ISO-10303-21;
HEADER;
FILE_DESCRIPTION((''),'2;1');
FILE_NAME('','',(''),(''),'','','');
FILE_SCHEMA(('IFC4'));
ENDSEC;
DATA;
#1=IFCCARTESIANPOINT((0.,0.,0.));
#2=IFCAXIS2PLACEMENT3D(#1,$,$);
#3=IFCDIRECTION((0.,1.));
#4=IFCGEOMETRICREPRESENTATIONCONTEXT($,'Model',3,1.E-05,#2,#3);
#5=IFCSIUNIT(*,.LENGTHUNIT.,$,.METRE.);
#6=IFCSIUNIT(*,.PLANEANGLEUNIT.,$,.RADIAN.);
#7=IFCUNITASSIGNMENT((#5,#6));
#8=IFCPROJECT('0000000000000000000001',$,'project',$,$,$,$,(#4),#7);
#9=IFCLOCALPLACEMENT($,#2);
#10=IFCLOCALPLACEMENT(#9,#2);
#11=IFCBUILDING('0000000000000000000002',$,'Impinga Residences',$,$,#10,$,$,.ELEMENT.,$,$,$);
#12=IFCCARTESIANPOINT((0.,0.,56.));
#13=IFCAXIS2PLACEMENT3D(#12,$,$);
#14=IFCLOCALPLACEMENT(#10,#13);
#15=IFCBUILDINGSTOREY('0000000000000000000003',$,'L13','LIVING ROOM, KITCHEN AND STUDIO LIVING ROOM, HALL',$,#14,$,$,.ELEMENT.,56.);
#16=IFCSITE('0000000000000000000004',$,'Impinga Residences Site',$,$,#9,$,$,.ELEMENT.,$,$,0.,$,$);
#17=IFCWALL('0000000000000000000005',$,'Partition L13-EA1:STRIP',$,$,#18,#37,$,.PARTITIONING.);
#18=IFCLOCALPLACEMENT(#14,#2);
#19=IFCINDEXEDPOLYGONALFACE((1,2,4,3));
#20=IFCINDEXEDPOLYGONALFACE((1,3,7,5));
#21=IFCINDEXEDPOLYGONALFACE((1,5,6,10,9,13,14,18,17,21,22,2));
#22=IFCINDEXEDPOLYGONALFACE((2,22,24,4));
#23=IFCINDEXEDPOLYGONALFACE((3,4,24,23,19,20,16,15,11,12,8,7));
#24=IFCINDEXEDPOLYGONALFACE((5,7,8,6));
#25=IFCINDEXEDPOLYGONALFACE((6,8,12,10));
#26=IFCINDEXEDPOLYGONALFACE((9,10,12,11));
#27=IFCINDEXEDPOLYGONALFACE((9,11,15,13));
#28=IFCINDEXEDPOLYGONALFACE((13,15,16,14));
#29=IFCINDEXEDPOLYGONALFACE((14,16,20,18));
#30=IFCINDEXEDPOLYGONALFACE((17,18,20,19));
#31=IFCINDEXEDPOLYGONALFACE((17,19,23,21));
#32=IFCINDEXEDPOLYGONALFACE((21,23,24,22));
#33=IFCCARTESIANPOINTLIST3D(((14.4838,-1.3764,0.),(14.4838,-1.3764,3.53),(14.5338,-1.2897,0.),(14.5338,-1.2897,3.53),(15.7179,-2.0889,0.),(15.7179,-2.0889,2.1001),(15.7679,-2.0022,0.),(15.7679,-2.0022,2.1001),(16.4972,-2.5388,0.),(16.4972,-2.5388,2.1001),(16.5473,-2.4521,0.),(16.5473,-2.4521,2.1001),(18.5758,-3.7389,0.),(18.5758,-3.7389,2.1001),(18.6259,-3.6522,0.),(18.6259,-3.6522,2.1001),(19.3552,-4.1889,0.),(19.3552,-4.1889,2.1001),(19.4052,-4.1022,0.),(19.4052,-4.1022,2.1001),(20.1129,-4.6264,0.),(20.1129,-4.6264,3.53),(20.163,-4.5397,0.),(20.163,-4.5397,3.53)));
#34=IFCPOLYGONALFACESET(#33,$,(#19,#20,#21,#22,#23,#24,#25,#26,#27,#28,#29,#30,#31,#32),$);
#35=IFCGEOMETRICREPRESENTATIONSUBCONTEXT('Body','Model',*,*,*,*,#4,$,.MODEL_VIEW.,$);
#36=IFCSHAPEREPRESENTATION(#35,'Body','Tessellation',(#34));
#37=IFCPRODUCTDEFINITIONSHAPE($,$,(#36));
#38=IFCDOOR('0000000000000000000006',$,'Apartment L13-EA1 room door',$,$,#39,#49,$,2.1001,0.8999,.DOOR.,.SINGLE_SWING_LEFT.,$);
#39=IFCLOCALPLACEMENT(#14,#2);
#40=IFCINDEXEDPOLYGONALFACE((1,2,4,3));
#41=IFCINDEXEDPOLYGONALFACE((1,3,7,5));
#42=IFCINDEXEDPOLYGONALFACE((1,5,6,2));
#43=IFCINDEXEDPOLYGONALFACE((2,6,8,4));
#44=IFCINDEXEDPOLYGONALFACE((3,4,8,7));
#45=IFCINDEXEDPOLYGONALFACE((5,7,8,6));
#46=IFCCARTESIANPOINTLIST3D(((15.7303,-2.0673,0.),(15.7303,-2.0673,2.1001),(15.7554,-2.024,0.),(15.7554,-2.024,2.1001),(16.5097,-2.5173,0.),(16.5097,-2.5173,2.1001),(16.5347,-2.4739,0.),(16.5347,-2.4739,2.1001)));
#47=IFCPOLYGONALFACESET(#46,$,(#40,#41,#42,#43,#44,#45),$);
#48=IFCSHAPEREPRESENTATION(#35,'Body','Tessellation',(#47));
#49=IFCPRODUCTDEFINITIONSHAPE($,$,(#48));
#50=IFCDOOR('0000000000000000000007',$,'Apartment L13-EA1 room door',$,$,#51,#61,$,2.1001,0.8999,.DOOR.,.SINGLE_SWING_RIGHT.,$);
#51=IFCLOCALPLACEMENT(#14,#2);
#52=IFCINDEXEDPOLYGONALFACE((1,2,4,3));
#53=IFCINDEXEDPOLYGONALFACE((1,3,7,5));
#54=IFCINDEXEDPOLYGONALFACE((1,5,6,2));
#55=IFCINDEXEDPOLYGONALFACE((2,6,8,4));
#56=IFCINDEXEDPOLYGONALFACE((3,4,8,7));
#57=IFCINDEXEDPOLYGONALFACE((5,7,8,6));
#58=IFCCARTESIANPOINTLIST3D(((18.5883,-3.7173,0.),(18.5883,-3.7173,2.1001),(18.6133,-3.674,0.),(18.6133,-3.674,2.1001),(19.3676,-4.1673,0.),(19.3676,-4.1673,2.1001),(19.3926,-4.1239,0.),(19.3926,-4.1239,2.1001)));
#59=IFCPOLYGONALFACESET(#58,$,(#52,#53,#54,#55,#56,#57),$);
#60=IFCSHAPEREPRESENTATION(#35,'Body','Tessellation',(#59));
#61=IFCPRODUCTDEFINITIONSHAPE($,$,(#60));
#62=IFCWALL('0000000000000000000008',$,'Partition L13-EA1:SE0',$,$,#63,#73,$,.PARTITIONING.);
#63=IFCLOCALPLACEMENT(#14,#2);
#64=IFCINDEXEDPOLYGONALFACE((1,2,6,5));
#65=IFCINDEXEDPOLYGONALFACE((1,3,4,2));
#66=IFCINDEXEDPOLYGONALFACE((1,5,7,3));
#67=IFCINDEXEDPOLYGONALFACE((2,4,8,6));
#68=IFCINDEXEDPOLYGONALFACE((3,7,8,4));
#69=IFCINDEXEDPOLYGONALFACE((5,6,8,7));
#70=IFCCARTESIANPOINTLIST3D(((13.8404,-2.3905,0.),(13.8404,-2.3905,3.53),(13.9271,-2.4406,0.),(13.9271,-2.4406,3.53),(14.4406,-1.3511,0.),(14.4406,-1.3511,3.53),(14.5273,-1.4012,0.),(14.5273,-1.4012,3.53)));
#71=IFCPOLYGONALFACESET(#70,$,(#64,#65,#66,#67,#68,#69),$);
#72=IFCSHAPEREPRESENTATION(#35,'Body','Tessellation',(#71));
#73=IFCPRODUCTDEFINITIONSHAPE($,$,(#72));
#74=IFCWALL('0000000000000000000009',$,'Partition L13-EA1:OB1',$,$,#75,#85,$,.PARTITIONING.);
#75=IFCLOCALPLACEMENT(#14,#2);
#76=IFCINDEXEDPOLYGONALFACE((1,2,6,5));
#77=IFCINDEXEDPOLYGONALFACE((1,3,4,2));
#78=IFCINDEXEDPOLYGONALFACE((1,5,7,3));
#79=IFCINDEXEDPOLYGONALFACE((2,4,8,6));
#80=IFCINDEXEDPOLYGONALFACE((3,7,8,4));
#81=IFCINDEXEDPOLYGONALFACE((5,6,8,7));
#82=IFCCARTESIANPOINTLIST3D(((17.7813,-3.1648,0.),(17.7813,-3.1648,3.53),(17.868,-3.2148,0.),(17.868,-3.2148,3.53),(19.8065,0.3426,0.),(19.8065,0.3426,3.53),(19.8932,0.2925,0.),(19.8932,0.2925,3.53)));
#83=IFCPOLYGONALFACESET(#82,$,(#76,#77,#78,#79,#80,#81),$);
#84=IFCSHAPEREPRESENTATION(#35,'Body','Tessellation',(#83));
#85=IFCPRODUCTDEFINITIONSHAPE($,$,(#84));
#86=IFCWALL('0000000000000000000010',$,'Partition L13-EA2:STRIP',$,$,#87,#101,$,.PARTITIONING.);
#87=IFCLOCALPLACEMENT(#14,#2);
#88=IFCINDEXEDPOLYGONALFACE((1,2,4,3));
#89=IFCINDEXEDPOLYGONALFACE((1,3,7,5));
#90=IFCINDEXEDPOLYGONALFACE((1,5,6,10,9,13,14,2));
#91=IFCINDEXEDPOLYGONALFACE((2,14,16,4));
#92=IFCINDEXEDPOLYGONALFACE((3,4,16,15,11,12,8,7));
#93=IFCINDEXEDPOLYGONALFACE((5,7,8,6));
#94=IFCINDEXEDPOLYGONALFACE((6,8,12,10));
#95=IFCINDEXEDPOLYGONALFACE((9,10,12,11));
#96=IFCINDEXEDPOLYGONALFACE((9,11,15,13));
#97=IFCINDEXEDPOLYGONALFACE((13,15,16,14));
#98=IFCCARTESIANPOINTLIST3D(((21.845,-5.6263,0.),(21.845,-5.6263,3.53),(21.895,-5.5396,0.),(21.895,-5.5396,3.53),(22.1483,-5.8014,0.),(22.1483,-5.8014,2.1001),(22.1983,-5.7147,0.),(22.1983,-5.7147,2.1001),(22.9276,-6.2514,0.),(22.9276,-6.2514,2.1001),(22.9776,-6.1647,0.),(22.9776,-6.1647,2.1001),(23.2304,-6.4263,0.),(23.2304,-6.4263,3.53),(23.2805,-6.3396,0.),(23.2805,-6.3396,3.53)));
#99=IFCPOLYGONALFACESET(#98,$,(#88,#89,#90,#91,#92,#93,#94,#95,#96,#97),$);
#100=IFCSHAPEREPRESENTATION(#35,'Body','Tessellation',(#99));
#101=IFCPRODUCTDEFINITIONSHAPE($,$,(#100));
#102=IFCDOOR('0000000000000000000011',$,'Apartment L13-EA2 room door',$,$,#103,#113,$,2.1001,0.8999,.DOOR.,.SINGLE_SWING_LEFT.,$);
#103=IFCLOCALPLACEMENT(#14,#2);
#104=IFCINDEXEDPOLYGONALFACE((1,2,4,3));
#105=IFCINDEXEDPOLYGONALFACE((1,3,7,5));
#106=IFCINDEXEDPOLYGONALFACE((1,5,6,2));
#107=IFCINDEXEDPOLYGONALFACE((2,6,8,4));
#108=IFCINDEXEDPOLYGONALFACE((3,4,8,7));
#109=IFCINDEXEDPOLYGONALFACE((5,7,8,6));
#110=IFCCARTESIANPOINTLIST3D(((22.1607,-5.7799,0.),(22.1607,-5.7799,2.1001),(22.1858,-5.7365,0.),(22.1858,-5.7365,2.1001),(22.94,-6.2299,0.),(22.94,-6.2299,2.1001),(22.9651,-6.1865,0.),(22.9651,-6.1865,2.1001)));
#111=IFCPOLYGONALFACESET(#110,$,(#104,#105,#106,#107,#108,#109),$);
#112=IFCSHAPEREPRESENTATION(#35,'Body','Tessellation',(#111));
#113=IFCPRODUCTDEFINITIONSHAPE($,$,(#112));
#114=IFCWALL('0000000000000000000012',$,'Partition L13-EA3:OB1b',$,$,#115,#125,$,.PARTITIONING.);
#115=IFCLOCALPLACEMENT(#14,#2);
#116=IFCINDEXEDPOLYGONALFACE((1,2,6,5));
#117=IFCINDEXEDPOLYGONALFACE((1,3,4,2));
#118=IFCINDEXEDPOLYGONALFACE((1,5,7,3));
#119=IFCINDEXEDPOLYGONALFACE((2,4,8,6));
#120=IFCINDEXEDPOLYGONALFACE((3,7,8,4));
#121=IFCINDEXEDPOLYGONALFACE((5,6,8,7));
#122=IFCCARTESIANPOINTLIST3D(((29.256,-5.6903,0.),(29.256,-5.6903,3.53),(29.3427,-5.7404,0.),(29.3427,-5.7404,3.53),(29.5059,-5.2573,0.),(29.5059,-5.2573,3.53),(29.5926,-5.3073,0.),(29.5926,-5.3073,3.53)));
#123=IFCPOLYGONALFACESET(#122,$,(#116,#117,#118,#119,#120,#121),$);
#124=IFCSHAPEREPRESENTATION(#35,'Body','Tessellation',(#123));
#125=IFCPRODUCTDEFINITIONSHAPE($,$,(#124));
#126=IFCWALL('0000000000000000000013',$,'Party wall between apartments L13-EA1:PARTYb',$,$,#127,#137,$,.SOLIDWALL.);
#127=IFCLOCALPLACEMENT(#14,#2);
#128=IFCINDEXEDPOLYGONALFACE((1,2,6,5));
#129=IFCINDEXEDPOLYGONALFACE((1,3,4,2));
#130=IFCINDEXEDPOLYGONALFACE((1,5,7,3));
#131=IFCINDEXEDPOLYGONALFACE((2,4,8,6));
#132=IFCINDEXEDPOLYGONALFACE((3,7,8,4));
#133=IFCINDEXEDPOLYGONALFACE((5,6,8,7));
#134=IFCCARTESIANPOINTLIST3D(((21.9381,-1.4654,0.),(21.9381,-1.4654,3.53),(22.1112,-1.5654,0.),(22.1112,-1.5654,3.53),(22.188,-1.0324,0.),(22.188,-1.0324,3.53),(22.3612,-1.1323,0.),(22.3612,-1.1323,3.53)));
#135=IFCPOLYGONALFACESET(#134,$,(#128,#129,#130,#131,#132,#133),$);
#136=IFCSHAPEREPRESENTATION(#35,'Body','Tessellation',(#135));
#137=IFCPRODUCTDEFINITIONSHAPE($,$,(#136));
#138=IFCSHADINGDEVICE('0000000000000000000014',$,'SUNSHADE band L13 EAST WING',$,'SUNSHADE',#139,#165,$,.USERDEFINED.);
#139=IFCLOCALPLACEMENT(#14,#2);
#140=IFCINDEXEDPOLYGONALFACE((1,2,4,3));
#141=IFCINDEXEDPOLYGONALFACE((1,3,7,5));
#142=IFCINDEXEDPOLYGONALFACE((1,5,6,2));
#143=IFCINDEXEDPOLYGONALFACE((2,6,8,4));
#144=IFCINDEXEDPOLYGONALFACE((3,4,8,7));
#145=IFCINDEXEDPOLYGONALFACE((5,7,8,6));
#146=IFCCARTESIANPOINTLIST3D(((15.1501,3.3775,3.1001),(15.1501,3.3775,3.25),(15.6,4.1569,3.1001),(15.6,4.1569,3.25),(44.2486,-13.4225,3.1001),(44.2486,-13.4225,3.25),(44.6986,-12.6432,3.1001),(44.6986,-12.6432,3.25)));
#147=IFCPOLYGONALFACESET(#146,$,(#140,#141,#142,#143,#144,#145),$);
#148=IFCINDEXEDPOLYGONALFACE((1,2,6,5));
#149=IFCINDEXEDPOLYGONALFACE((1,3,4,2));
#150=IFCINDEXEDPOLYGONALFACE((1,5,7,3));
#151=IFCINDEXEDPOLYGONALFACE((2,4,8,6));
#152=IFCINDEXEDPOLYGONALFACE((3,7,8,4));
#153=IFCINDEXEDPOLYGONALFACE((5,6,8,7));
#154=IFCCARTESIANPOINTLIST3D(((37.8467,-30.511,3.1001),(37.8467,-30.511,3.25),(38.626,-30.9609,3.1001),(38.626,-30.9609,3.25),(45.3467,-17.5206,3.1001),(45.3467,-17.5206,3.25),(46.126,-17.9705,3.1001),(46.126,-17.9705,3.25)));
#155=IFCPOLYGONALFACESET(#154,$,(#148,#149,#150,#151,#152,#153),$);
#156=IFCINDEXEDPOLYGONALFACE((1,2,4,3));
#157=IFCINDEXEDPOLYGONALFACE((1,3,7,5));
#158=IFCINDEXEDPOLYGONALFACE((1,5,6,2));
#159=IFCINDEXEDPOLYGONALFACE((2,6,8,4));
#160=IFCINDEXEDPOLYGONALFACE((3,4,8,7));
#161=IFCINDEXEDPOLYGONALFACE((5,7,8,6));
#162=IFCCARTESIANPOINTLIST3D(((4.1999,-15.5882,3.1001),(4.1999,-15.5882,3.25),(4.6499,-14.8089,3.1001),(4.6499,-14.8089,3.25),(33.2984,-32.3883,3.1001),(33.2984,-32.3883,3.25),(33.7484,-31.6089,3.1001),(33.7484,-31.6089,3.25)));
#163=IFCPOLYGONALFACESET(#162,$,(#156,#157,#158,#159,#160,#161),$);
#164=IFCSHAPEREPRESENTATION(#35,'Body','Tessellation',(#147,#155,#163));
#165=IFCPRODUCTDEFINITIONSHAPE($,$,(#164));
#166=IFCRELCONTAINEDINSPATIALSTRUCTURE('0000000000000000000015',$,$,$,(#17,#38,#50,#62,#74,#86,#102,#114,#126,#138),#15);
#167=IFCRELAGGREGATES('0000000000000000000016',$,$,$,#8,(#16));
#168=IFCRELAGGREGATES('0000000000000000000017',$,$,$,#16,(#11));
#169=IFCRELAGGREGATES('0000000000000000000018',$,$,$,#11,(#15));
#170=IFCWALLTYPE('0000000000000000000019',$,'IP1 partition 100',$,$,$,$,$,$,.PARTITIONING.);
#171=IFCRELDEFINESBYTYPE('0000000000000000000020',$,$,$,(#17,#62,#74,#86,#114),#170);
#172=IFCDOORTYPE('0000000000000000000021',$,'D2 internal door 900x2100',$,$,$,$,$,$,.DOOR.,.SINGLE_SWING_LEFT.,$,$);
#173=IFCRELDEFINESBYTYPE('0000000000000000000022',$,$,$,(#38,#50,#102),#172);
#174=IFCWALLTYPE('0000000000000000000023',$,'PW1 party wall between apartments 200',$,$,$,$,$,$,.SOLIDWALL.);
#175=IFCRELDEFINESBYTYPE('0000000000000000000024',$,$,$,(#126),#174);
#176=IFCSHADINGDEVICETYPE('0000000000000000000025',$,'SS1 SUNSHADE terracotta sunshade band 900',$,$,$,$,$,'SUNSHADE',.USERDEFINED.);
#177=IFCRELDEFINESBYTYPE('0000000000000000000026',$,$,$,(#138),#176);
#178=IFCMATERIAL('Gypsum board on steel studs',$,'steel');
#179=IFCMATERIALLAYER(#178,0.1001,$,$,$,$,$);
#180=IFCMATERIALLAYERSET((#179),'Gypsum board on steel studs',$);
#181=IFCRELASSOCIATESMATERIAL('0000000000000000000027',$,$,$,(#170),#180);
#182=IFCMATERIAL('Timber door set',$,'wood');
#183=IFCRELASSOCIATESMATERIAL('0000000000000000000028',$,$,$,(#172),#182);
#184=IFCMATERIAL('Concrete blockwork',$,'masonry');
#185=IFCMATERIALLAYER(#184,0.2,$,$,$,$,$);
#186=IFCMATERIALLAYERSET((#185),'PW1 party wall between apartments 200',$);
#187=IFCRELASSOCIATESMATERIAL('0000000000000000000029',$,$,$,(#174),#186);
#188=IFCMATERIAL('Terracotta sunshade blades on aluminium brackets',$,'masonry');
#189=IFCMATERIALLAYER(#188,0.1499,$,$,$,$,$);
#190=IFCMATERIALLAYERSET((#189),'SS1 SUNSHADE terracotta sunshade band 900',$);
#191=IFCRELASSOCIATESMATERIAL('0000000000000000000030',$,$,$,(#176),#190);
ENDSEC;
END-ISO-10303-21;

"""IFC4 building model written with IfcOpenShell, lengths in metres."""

from ifc_helpers import new_model, si_unit, direction, frame, frame_2d, origin, origin_2d, place, context, subcontext, project, spatial, rectangle, extrude, material, layer, layer_set, type_object, element, fill, save


model = new_model("IFC4")

# Units and contexts
model_context = context("Model", 3, precision=1e-05, world=origin(), true_north=direction((0.0, 1.0)))
body_context = subcontext(model_context, "Body", "Model", "MODEL_VIEW")
ifc_project = project(units=[si_unit("LENGTHUNIT", "METRE"), si_unit("PLANEANGLEUNIT", "RADIAN")], contexts=[model_context])

# Site, building, storey
site_placement = place(None, origin())
site = spatial("IfcSite", under=ifc_project, at=site_placement, Name="Impinga Residences Site", CompositionType="ELEMENT", RefElevation=0.0)
building_placement = place(site_placement, origin())
building = spatial("IfcBuilding", under=site, at=building_placement, Name="Impinga Residences", CompositionType="ELEMENT")
storey_placement = place(building_placement, frame((0.0, 0.0, 56.0)))
storey = spatial("IfcBuildingStorey", under=building, at=storey_placement, Name="L13", Description="LIVING ROOM, KITCHEN AND STUDIO LIVING ROOM, HALL", CompositionType="ELEMENT", Elevation=56.0)

# Shared definitions
ifc_material_1 = material(Name="Gypsum board on steel studs", Category="steel")
ifc_layer_1 = layer(ifc_material_1, 0.1001)
ifc_layer_set_1 = layer_set([ifc_layer_1], Name="Gypsum board on steel studs")
wall_type_1 = type_object("IfcWallType", Name="IP1 partition 100", PredefinedType="PARTITIONING", material=ifc_layer_set_1)

# Wall, openings, doors
wall_1_placement = place(storey_placement, frame((14.5088, -1.333, 0.0), z_axis=(0.0, 0.0, 1.0), x_axis=(0.866025, -0.500001, 0.0)))
wall_1 = element("IfcWall", 1, at=wall_1_placement, inside=storey, type_object=wall_type_1, Name="Partition L13-EA1:STRIP", PredefinedType="PARTITIONING", context=body_context, shape_type="SweptSolid", body=[
    extrude(rectangle(XDim=6.5, YDim=0.1001, at=frame_2d((3.25, 0.0))), origin(), (0.0, 0.0, 1.0), 3.53),
])
opening_1_placement = place(wall_1_placement, frame((1.425, 0.0, 0.0)))
opening_1 = element("IfcOpeningElement", 2, at=opening_1_placement, cuts=wall_1, PredefinedType="OPENING", context=body_context, shape_type="SweptSolid", body=[
    extrude(rectangle(XDim=0.8999, YDim=2.1001, at=frame_2d((0.45, 1.05))), frame((0.0, 0.0601, 0.0), z_axis=(0.0, -1.0, 0.0), x_axis=(1.0, 0.0, 0.0)), (0.0, 0.0, 1.0), 0.1201),
])
opening_2_placement = place(wall_1_placement, frame((4.7251, 0.0, 0.0)))
opening_2 = element("IfcOpeningElement", 3, at=opening_2_placement, cuts=wall_1, PredefinedType="OPENING", context=body_context, shape_type="SweptSolid", body=[
    extrude(rectangle(XDim=0.8999, YDim=2.1001, at=frame_2d((0.45, 1.05))), frame((0.0, 0.0601, 0.0), z_axis=(0.0, -1.0, 0.0), x_axis=(1.0, 0.0, 0.0)), (0.0, 0.0, 1.0), 0.1201),
])
ifc_material_2 = material(Name="Timber door set", Category="wood")
door_type = type_object("IfcDoorType", Name="D2 internal door 900x2100", OperationType="SINGLE_SWING_LEFT", PredefinedType="DOOR", material=ifc_material_2)
door_1_placement = place(opening_1_placement, origin())
door_1 = element("IfcDoor", 4, at=door_1_placement, inside=storey, type_object=door_type, Name="Apartment L13-EA1 room door", OperationType="SINGLE_SWING_LEFT", OverallHeight=2.1001, OverallWidth=0.8999, PredefinedType="DOOR", context=body_context, shape_type="SweptSolid", body=[
    extrude(rectangle(XDim=0.8999, YDim=2.1001, at=frame_2d((0.45, 1.05))), frame((0.0, 0.0249, 0.0), z_axis=(0.0, -1.0, 0.0), x_axis=(1.0, 0.0, 0.0)), (0.0, 0.0, 1.0), 0.05),
])
fill(opening_1, door_1)
door_2_placement = place(opening_2_placement, origin())
door_2 = element("IfcDoor", 5, at=door_2_placement, inside=storey, type_object=door_type, Name="Apartment L13-EA1 room door", OperationType="SINGLE_SWING_RIGHT", OverallHeight=2.1001, OverallWidth=0.8999, PredefinedType="DOOR", context=body_context, shape_type="SweptSolid", body=[
    extrude(rectangle(XDim=0.8999, YDim=2.1001, at=frame_2d((0.45, 1.05))), frame((0.0, 0.0249, 0.0), z_axis=(0.0, -1.0, 0.0), x_axis=(1.0, 0.0, 0.0)), (0.0, 0.0, 1.0), 0.05),
])
fill(opening_2, door_2)

# Walls
wall_2_placement = place(storey_placement, frame((13.8838, -2.4155, 0.0), z_axis=(0.0, 0.0, 1.0), x_axis=(0.500034, 0.866006, 0.0)))
element("IfcWall", 6, at=wall_2_placement, inside=storey, type_object=wall_type_1, Name="Partition L13-EA1:SE0", PredefinedType="PARTITIONING", context=body_context, shape_type="SweptSolid", body=[
    extrude(rectangle(XDim=1.2002, YDim=0.1001, at=frame_2d((0.6001, 0.0))), origin(), (0.0, 0.0, 1.0), 3.53),
])
wall_3_placement = place(storey_placement, frame((17.8247, -3.1897, 0.0), z_axis=(0.0, 0.0, 1.0), x_axis=(0.500036, 0.866005, 0.0)))
element("IfcWall", 7, at=wall_3_placement, inside=storey, type_object=wall_type_1, Name="Partition L13-EA1:OB1", PredefinedType="PARTITIONING", context=body_context, shape_type="SweptSolid", body=[
    extrude(rectangle(XDim=4.05, YDim=0.1001, at=frame_2d((2.0249, 0.0))), origin(), (0.0, 0.0, 1.0), 3.53),
])

# Wall, opening, door
wall_4_placement = place(storey_placement, frame((21.8701, -5.583, 0.0), z_axis=(0.0, 0.0, 1.0), x_axis=(0.86599, -0.500061, 0.0)))
wall_4 = element("IfcWall", 8, at=wall_4_placement, inside=storey, type_object=wall_type_1, Name="Partition L13-EA2:STRIP", PredefinedType="PARTITIONING", context=body_context, shape_type="SweptSolid", body=[
    extrude(rectangle(XDim=1.5999, YDim=0.1001, at=frame_2d((0.7998, 0.0))), origin(), (0.0, 0.0, 1.0), 3.53),
])
opening_3_placement = place(wall_4_placement, frame((0.3501, 0.0, 0.0)))
opening_3 = element("IfcOpeningElement", 9, at=opening_3_placement, cuts=wall_4, PredefinedType="OPENING", context=body_context, shape_type="SweptSolid", body=[
    extrude(rectangle(XDim=0.8999, YDim=2.1001, at=frame_2d((0.45, 1.05))), frame((0.0, 0.0601, 0.0), z_axis=(0.0, -1.0, 0.0), x_axis=(1.0, 0.0, 0.0)), (0.0, 0.0, 1.0), 0.1201),
])
door_3_placement = place(opening_3_placement, origin())
door_3 = element("IfcDoor", 10, at=door_3_placement, inside=storey, type_object=door_type, Name="Apartment L13-EA2 room door", OperationType="SINGLE_SWING_LEFT", OverallHeight=2.1001, OverallWidth=0.8999, PredefinedType="DOOR", context=body_context, shape_type="SweptSolid", body=[
    extrude(rectangle(XDim=0.8999, YDim=2.1001, at=frame_2d((0.45, 1.05))), frame((0.0, 0.0249, 0.0), z_axis=(0.0, -1.0, 0.0), x_axis=(1.0, 0.0, 0.0)), (0.0, 0.0, 1.0), 0.05),
])
fill(opening_3, door_3)

# Walls
wall_5_placement = place(storey_placement, frame((29.2993, -5.7153, 0.0), z_axis=(0.0, 0.0, 1.0), x_axis=(0.49992, 0.866072, 0.0)))
element("IfcWall", 11, at=wall_5_placement, inside=storey, type_object=wall_type_1, Name="Partition L13-EA3:OB1b", PredefinedType="PARTITIONING", context=body_context, shape_type="SweptSolid", body=[
    extrude(rectangle(XDim=0.5, YDim=0.1001, at=frame_2d((0.25, 0.0))), origin(), (0.0, 0.0, 1.0), 3.53),
])
ifc_material_3 = material(Name="Concrete blockwork", Category="masonry")
ifc_layer_2 = layer(ifc_material_3, 0.2)
ifc_layer_set_2 = layer_set([ifc_layer_2], Name="PW1 party wall between apartments 200")
wall_type_2 = type_object("IfcWallType", Name="PW1 party wall between apartments 200", PredefinedType="SOLIDWALL", material=ifc_layer_set_2)
wall_6_placement = place(storey_placement, frame((22.0247, -1.5154, 0.0), z_axis=(0.0, 0.0, 1.0), x_axis=(0.49992, 0.866072, 0.0)))
element("IfcWall", 12, at=wall_6_placement, inside=storey, type_object=wall_type_2, Name="Party wall between apartments L13-EA1:PARTYb", PredefinedType="SOLIDWALL", context=body_context, shape_type="SweptSolid", body=[
    extrude(rectangle(XDim=0.5, YDim=0.2, at=frame_2d((0.25, 0.0))), origin(), (0.0, 0.0, 1.0), 3.53),
])

# Shading device
ifc_material_4 = material(Name="Terracotta sunshade blades on aluminium brackets", Category="masonry")
ifc_layer_3 = layer(ifc_material_4, 0.1499)
ifc_layer_set_3 = layer_set([ifc_layer_3], Name="SS1 SUNSHADE terracotta sunshade band 900")
shading_device_type = type_object("IfcShadingDeviceType", Name="SS1 SUNSHADE terracotta sunshade band 900", ElementType="SUNSHADE", PredefinedType="USERDEFINED", material=ifc_layer_set_3)
shading_device_placement = place(storey_placement, frame((29.9243, -4.6328, 3.1001), z_axis=(0.0, 0.0, 1.0), x_axis=(0.866025, -0.5, 0.0)))
element("IfcShadingDevice", 13, at=shading_device_placement, inside=storey, type_object=shading_device_type, Name="SUNSHADE band L13 EAST WING", ObjectType="SUNSHADE", PredefinedType="USERDEFINED", context=body_context, shape_type="SweptSolid", body=[
    extrude(rectangle(XDim=33.6001, YDim=0.8999, at=origin_2d()), origin(), (0.0, 0.0, 1.0), 0.1499),
    extrude(rectangle(XDim=15.0, YDim=0.8999, at=origin_2d()), frame((20.25, -10.95, 0.0), z_axis=(0.0, 0.0, 1.0), x_axis=(0.0, -1.0, 0.0)), (0.0, 0.0, 1.0), 0.1499),
    extrude(rectangle(XDim=33.6001, YDim=0.8999, at=origin_2d()), frame((-0.0002, -21.8999, 0.0), z_axis=(0.0, 0.0, 1.0), x_axis=(-1.0, 0.0, 0.0)), (0.0, 0.0, 1.0), 0.1499),
])

save(model, "model.ifc")
